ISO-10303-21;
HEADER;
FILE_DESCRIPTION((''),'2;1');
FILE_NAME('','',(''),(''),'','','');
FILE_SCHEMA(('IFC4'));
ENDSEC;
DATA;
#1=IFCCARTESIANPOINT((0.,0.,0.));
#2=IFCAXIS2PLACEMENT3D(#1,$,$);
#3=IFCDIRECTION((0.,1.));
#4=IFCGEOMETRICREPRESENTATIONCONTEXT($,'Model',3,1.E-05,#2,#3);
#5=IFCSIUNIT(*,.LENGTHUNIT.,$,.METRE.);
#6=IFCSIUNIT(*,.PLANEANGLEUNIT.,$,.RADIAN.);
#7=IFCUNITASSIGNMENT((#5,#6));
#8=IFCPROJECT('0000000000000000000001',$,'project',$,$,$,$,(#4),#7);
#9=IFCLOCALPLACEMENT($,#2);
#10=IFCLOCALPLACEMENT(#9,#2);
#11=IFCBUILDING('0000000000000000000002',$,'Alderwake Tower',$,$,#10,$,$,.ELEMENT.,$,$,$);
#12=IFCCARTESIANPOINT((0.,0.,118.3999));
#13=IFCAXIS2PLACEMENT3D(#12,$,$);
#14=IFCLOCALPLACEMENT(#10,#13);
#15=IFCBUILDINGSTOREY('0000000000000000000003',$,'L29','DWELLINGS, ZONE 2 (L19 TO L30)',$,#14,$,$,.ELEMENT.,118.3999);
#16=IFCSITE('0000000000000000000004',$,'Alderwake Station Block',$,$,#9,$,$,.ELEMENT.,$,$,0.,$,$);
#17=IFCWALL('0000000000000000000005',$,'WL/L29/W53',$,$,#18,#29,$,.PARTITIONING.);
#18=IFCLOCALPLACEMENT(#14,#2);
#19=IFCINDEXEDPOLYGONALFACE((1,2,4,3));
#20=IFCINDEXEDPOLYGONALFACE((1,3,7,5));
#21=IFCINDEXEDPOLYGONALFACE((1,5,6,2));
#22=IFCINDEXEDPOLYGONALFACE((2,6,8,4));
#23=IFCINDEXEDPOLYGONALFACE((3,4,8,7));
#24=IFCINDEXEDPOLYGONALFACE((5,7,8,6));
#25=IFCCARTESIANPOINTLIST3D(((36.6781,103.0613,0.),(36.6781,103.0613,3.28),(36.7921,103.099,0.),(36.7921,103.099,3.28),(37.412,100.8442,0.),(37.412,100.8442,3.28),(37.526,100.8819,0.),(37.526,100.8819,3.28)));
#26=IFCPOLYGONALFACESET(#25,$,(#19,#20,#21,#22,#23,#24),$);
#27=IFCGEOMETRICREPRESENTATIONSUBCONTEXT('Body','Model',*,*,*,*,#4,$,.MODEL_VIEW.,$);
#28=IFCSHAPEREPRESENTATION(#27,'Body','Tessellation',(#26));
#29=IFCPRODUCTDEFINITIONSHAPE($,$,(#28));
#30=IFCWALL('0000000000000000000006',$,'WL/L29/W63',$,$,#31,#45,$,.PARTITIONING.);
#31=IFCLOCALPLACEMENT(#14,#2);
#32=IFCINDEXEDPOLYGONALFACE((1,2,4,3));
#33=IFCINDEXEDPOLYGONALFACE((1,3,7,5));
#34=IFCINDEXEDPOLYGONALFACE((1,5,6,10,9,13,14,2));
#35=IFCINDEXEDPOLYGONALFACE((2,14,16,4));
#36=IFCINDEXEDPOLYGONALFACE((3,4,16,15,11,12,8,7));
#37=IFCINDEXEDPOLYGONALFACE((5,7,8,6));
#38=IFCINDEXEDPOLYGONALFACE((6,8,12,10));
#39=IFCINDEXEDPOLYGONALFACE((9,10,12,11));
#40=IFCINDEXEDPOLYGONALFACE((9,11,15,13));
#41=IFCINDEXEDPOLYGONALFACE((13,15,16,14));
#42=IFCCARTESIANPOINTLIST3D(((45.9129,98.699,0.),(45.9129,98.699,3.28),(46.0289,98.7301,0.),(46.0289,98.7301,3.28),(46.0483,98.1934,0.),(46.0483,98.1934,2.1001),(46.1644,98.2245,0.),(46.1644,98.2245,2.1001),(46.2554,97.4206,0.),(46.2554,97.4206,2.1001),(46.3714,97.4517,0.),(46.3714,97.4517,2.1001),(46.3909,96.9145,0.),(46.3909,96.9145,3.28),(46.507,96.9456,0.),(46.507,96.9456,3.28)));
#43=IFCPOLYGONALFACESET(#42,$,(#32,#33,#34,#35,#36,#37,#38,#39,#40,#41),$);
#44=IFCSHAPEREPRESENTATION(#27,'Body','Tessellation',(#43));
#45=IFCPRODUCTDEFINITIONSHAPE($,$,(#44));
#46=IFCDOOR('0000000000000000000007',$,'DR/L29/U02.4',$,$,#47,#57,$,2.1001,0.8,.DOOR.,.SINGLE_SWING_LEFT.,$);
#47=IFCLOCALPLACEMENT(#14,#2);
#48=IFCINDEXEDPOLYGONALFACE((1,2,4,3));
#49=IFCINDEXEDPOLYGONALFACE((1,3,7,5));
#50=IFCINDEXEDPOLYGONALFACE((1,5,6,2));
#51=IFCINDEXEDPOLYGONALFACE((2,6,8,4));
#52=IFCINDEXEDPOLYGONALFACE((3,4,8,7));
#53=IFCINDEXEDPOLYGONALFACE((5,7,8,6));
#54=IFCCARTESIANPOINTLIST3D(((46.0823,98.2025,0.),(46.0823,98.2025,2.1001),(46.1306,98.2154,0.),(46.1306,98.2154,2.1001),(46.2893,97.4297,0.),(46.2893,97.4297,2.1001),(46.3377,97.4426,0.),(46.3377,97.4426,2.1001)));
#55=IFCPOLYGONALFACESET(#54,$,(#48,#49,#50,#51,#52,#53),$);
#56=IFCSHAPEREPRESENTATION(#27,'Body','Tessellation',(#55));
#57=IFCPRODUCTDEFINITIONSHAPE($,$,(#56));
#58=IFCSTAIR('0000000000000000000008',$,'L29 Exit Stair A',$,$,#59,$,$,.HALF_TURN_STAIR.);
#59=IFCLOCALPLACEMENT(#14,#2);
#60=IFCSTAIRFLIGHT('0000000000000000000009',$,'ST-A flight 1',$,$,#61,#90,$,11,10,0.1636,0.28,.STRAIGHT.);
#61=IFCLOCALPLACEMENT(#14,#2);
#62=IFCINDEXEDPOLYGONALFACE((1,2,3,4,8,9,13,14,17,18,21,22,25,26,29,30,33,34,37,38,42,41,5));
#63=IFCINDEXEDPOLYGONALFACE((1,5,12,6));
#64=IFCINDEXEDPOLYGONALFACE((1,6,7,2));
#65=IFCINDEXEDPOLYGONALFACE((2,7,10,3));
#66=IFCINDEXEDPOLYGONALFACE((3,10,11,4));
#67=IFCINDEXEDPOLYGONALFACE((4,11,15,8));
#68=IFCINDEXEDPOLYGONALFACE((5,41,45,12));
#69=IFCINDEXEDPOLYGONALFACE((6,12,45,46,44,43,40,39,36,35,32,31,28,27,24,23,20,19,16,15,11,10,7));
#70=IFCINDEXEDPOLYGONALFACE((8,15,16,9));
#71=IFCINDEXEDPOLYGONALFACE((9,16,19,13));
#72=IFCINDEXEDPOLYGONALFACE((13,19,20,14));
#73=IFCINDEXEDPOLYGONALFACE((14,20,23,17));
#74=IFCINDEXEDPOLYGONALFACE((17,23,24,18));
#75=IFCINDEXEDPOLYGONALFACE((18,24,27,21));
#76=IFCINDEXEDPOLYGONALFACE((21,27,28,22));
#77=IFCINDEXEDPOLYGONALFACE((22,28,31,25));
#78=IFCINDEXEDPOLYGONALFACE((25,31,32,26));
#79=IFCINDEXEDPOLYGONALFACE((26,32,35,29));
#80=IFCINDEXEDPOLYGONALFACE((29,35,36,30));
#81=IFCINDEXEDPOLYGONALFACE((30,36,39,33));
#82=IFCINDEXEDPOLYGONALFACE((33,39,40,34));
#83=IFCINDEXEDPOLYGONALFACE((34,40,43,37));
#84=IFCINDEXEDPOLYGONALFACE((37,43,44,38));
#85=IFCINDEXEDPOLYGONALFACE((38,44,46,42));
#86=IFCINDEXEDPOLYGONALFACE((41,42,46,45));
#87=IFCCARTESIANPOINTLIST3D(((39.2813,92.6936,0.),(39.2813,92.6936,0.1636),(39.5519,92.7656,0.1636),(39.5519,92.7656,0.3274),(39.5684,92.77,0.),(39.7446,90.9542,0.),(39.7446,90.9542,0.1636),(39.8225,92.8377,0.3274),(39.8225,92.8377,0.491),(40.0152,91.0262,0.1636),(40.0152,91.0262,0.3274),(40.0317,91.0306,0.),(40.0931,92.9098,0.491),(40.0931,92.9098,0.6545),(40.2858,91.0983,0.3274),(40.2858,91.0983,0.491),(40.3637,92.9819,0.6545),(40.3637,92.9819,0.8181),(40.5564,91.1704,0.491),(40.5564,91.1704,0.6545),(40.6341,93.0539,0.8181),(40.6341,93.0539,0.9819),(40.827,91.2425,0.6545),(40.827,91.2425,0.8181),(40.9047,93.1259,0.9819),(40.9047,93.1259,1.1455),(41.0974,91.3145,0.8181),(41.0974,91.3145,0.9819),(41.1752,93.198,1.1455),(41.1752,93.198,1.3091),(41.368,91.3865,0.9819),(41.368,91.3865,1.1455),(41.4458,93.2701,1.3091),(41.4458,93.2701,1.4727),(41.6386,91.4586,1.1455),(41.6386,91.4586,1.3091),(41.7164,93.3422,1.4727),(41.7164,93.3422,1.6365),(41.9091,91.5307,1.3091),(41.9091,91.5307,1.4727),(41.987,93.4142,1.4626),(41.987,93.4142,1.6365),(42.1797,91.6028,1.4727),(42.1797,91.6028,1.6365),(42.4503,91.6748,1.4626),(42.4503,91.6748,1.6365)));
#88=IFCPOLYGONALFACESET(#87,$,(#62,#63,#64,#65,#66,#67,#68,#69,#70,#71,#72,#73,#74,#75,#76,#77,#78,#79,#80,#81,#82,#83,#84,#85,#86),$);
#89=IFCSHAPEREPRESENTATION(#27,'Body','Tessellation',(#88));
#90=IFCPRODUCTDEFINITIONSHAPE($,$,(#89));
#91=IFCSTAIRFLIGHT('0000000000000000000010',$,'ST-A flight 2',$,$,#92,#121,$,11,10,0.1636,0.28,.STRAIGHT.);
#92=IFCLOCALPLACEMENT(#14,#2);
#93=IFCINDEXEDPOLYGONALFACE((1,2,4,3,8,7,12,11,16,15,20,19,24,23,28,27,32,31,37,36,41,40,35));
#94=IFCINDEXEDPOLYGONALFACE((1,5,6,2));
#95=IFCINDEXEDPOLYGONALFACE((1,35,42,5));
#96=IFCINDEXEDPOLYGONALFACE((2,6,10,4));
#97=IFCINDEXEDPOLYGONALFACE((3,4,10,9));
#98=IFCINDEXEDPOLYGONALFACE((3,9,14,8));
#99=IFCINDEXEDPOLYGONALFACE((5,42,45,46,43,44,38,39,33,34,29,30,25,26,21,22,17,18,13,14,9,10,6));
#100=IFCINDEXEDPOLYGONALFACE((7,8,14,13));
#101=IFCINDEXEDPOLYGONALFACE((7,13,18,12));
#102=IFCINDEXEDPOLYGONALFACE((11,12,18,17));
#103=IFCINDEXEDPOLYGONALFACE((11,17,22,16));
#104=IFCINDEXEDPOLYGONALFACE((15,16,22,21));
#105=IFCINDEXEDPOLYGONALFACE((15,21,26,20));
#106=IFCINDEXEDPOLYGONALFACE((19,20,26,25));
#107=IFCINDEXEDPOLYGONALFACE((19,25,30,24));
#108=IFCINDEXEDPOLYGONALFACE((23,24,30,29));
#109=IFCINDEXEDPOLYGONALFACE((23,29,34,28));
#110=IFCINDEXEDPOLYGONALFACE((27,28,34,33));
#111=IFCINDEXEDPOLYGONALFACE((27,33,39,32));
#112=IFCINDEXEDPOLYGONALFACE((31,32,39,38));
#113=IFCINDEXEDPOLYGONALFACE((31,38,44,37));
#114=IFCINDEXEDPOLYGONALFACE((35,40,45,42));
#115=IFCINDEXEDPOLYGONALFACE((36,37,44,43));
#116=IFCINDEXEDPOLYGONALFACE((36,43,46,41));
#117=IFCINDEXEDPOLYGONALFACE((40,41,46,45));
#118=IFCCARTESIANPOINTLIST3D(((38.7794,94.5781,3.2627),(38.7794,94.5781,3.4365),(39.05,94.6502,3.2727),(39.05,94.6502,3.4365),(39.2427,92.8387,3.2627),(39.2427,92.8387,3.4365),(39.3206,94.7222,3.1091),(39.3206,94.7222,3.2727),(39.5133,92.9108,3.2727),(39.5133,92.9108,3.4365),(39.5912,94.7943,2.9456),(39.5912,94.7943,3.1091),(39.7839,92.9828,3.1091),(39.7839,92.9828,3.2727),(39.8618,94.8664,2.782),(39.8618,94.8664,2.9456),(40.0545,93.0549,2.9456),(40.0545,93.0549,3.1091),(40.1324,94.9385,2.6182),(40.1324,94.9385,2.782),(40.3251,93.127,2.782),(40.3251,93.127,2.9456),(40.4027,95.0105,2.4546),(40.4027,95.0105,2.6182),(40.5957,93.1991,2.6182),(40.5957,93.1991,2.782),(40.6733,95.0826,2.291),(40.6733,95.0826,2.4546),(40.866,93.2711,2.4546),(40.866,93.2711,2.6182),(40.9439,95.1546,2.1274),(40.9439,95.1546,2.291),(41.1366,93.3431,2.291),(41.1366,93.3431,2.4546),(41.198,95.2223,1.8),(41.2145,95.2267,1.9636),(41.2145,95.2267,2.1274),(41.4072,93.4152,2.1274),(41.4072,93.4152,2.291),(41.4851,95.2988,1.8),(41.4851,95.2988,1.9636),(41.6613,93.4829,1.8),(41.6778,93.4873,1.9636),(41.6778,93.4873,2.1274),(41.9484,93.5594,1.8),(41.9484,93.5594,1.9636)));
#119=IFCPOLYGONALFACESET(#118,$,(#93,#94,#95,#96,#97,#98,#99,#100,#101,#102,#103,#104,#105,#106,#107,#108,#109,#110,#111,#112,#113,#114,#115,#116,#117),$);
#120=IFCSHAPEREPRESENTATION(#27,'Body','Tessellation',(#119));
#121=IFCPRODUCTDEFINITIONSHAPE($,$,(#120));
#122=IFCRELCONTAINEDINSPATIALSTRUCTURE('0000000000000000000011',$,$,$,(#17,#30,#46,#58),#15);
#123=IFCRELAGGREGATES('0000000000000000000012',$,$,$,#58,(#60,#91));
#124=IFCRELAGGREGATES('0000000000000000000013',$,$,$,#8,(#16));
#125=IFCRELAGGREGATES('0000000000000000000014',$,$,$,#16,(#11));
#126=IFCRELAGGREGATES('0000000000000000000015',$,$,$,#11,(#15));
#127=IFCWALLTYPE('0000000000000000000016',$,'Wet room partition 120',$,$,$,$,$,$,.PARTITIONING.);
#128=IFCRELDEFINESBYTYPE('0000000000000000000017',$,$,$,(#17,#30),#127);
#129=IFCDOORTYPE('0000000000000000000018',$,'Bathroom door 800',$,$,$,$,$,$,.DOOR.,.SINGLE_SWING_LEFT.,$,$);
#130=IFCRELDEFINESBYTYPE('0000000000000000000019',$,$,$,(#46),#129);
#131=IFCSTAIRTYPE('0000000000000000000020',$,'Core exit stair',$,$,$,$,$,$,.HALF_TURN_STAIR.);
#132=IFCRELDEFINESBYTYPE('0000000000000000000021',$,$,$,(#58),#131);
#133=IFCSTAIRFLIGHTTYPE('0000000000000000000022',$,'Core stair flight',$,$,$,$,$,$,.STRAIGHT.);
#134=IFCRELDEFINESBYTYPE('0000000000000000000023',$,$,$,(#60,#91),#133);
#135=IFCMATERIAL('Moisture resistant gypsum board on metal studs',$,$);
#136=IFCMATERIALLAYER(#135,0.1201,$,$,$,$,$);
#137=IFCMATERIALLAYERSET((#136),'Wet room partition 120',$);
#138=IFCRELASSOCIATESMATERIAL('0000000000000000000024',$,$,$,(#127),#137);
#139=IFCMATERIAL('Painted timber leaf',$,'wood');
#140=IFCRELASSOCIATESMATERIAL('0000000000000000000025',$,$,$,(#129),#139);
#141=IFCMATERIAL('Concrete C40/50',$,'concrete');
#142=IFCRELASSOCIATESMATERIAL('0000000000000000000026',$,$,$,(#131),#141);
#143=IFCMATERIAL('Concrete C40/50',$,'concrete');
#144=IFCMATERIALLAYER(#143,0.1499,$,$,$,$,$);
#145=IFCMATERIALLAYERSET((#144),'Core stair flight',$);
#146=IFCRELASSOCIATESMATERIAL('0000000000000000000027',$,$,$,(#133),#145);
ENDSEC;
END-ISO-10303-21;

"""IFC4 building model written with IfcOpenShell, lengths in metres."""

from ifc_helpers import new_model, si_unit, direction, frame, frame_2d, origin, place, context, subcontext, project, spatial, polyline, rectangle, outline, extrude, material, layer, layer_set, type_object, element, fill, aggregate, save


model = new_model("IFC4")

# Units and contexts
model_context = context("Model", 3, precision=1e-05, world=origin(), true_north=direction((0.0, 1.0)))
body_context = subcontext(model_context, "Body", "Model", "MODEL_VIEW")
ifc_project = project(units=[si_unit("LENGTHUNIT", "METRE"), si_unit("PLANEANGLEUNIT", "RADIAN")], contexts=[model_context])

# Site, building, storey
site_placement = place(None, origin())
site = spatial("IfcSite", under=ifc_project, at=site_placement, Name="Alderwake Station Block", CompositionType="ELEMENT", RefElevation=0.0)
building_placement = place(site_placement, origin())
building = spatial("IfcBuilding", under=site, at=building_placement, Name="Alderwake Tower", CompositionType="ELEMENT")
storey_placement = place(building_placement, frame((0.0, 0.0, 118.3999)))
storey = spatial("IfcBuildingStorey", under=building, at=storey_placement, Name="L29", Description="DWELLINGS, ZONE 2 (L19 TO L30)", CompositionType="ELEMENT", Elevation=118.3999)

# Wall
ifc_material_1 = material(Name="Moisture resistant gypsum board on metal studs")
ifc_layer_1 = layer(ifc_material_1, 0.1201)
ifc_layer_set_1 = layer_set([ifc_layer_1], Name="Wet room partition 120")
wall_type_1 = type_object("IfcWallType", Name="Wet room partition 120", PredefinedType="PARTITIONING", material=ifc_layer_set_1)
wall_1_placement = place(storey_placement, frame((37.469, 100.863, 0.0), z_axis=(0.0, 0.0, 1.0), x_axis=(-0.314251, 0.94934, 0.0)))
element("IfcWall", 1, at=wall_1_placement, inside=storey, type_object=wall_type_1, Name="WL/L29/W53", PredefinedType="PARTITIONING", context=body_context, shape_type="SweptSolid", body=[
    extrude(rectangle(XDim=2.3354, YDim=0.1201, at=frame_2d((1.1677, 0.0))), origin(), (0.0, 0.0, 1.0), 3.28),
])

# Wall, opening, door
wall_2_placement = place(storey_placement, frame((46.449, 96.9299, 0.0), z_axis=(0.0, 0.0, 1.0), x_axis=(-0.258765, 0.96594, 0.0)))
wall_2 = element("IfcWall", 2, at=wall_2_placement, inside=storey, type_object=wall_type_1, Name="WL/L29/W63", PredefinedType="PARTITIONING", context=body_context, shape_type="SweptSolid", body=[
    extrude(rectangle(XDim=1.8474, YDim=0.1201, at=frame_2d((0.9238, 0.0))), origin(), (0.0, 0.0, 1.0), 3.28),
])
opening_1_placement = place(wall_2_placement, frame((0.5242, 0.0, 0.0)))
opening_1 = element("IfcOpeningElement", 3, at=opening_1_placement, cuts=wall_2, PredefinedType="OPENING", context=body_context, shape_type="SweptSolid", body=[
    extrude(rectangle(XDim=0.8, YDim=2.1001, at=frame_2d((0.3999, 1.05))), frame((0.0, 0.0701, 0.0), z_axis=(0.0, -1.0, 0.0), x_axis=(1.0, 0.0, 0.0)), (0.0, 0.0, 1.0), 0.1401),
])
ifc_material_2 = material(Name="Painted timber leaf", Category="wood")
door_type_1 = type_object("IfcDoorType", Name="Bathroom door 800", OperationType="SINGLE_SWING_LEFT", PredefinedType="DOOR", material=ifc_material_2)
door_1_placement = place(opening_1_placement, origin())
door_1 = element("IfcDoor", 4, at=door_1_placement, inside=storey, type_object=door_type_1, Name="DR/L29/U02.4", OperationType="SINGLE_SWING_LEFT", OverallHeight=2.1001, OverallWidth=0.8, PredefinedType="DOOR", context=body_context, shape_type="SweptSolid", body=[
    extrude(rectangle(XDim=0.8, YDim=2.1001, at=frame_2d((0.3999, 1.05))), frame((0.0, 0.0249, 0.0), z_axis=(0.0, -1.0, 0.0), x_axis=(1.0, 0.0, 0.0)), (0.0, 0.0, 1.0), 0.05),
])
fill(opening_1, door_1)

# Stair, stair flights
ifc_material_3 = material(Name="Concrete C40/50", Category="concrete")
stair_type = type_object("IfcStairType", Name="Core exit stair", PredefinedType="HALF_TURN_STAIR", material=ifc_material_3)
stair_placement = place(storey_placement, origin())
stair = element("IfcStair", 5, at=stair_placement, inside=storey, type_object=stair_type, Name="L29 Exit Stair A", PredefinedType="HALF_TURN_STAIR")
ifc_material_4 = material(Name="Concrete C40/50", Category="concrete")
ifc_layer_2 = layer(ifc_material_4, 0.1499)
ifc_layer_set_2 = layer_set([ifc_layer_2], Name="Core stair flight")
stair_flight_type = type_object("IfcStairFlightType", Name="Core stair flight", PredefinedType="STRAIGHT", material=ifc_layer_set_2)
stair_flight_1_placement = place(storey_placement, frame((39.5129, 91.824, 0.0), z_axis=(0.0, 0.0, 1.0), x_axis=(0.96631, 0.257382, 0.0)))
stair_flight_1 = element("IfcStairFlight", 6, at=stair_flight_1_placement, type_object=stair_flight_type, Name="ST-A flight 1", NumberOfRisers=11, NumberOfTreads=10, PredefinedType="STRAIGHT", RiserHeight=0.1636, TreadLength=0.28, context=body_context, shape_type="SweptSolid", body=[
    extrude(outline(polyline([(0.0, 0.0), (0.0, 0.1636), (0.28, 0.1636), (0.28, 0.3274), (0.5601, 0.3274), (0.5601, 0.491), (0.8401, 0.491), (0.8401, 0.6545), (1.1201, 0.6545), (1.1201, 0.8181), (1.3999, 0.8181), (1.3999, 0.9819), (1.6799, 0.9819), (1.6799, 1.1455), (1.96, 1.1455), (1.96, 1.3091), (2.24, 1.3091), (2.24, 1.4727), (2.52, 1.4727), (2.52, 1.6365), (2.8, 1.6365), (2.8, 1.8), (2.8, 1.4626), (0.2971, 0.0), (0.0, 0.0)])), frame((0.0, 0.8999, 0.0), z_axis=(0.0, -1.0, 0.0), x_axis=(1.0, 0.0, 0.0)), (0.0, 0.0, 1.0), 1.8),
])
stair_flight_2_placement = place(storey_placement, frame((41.7168, 94.429, 1.8), z_axis=(0.0, 0.0, 1.0), x_axis=(-0.96631, -0.257382, 0.0)))
stair_flight_2 = element("IfcStairFlight", 7, at=stair_flight_2_placement, type_object=stair_flight_type, Name="ST-A flight 2", NumberOfRisers=11, NumberOfTreads=10, PredefinedType="STRAIGHT", RiserHeight=0.1636, TreadLength=0.28, context=body_context, shape_type="SweptSolid", body=[
    extrude(outline(polyline([(0.0, 0.0), (0.0, 0.1636), (0.28, 0.1636), (0.28, 0.3274), (0.5601, 0.3274), (0.5601, 0.491), (0.8401, 0.491), (0.8401, 0.6545), (1.1201, 0.6545), (1.1201, 0.8181), (1.3999, 0.8181), (1.3999, 0.9819), (1.6799, 0.9819), (1.6799, 1.1455), (1.96, 1.1455), (1.96, 1.3091), (2.24, 1.3091), (2.24, 1.4727), (2.52, 1.4727), (2.52, 1.6365), (2.8, 1.6365), (2.8, 1.8), (2.8, 1.4626), (0.2971, 0.0), (0.0, 0.0)])), frame((0.0, 0.8999, 0.0), z_axis=(0.0, -1.0, 0.0), x_axis=(1.0, 0.0, 0.0)), (0.0, 0.0, 1.0), 1.8),
])
aggregate(stair, [stair_flight_1, stair_flight_2])

save(model, "model.ifc")
